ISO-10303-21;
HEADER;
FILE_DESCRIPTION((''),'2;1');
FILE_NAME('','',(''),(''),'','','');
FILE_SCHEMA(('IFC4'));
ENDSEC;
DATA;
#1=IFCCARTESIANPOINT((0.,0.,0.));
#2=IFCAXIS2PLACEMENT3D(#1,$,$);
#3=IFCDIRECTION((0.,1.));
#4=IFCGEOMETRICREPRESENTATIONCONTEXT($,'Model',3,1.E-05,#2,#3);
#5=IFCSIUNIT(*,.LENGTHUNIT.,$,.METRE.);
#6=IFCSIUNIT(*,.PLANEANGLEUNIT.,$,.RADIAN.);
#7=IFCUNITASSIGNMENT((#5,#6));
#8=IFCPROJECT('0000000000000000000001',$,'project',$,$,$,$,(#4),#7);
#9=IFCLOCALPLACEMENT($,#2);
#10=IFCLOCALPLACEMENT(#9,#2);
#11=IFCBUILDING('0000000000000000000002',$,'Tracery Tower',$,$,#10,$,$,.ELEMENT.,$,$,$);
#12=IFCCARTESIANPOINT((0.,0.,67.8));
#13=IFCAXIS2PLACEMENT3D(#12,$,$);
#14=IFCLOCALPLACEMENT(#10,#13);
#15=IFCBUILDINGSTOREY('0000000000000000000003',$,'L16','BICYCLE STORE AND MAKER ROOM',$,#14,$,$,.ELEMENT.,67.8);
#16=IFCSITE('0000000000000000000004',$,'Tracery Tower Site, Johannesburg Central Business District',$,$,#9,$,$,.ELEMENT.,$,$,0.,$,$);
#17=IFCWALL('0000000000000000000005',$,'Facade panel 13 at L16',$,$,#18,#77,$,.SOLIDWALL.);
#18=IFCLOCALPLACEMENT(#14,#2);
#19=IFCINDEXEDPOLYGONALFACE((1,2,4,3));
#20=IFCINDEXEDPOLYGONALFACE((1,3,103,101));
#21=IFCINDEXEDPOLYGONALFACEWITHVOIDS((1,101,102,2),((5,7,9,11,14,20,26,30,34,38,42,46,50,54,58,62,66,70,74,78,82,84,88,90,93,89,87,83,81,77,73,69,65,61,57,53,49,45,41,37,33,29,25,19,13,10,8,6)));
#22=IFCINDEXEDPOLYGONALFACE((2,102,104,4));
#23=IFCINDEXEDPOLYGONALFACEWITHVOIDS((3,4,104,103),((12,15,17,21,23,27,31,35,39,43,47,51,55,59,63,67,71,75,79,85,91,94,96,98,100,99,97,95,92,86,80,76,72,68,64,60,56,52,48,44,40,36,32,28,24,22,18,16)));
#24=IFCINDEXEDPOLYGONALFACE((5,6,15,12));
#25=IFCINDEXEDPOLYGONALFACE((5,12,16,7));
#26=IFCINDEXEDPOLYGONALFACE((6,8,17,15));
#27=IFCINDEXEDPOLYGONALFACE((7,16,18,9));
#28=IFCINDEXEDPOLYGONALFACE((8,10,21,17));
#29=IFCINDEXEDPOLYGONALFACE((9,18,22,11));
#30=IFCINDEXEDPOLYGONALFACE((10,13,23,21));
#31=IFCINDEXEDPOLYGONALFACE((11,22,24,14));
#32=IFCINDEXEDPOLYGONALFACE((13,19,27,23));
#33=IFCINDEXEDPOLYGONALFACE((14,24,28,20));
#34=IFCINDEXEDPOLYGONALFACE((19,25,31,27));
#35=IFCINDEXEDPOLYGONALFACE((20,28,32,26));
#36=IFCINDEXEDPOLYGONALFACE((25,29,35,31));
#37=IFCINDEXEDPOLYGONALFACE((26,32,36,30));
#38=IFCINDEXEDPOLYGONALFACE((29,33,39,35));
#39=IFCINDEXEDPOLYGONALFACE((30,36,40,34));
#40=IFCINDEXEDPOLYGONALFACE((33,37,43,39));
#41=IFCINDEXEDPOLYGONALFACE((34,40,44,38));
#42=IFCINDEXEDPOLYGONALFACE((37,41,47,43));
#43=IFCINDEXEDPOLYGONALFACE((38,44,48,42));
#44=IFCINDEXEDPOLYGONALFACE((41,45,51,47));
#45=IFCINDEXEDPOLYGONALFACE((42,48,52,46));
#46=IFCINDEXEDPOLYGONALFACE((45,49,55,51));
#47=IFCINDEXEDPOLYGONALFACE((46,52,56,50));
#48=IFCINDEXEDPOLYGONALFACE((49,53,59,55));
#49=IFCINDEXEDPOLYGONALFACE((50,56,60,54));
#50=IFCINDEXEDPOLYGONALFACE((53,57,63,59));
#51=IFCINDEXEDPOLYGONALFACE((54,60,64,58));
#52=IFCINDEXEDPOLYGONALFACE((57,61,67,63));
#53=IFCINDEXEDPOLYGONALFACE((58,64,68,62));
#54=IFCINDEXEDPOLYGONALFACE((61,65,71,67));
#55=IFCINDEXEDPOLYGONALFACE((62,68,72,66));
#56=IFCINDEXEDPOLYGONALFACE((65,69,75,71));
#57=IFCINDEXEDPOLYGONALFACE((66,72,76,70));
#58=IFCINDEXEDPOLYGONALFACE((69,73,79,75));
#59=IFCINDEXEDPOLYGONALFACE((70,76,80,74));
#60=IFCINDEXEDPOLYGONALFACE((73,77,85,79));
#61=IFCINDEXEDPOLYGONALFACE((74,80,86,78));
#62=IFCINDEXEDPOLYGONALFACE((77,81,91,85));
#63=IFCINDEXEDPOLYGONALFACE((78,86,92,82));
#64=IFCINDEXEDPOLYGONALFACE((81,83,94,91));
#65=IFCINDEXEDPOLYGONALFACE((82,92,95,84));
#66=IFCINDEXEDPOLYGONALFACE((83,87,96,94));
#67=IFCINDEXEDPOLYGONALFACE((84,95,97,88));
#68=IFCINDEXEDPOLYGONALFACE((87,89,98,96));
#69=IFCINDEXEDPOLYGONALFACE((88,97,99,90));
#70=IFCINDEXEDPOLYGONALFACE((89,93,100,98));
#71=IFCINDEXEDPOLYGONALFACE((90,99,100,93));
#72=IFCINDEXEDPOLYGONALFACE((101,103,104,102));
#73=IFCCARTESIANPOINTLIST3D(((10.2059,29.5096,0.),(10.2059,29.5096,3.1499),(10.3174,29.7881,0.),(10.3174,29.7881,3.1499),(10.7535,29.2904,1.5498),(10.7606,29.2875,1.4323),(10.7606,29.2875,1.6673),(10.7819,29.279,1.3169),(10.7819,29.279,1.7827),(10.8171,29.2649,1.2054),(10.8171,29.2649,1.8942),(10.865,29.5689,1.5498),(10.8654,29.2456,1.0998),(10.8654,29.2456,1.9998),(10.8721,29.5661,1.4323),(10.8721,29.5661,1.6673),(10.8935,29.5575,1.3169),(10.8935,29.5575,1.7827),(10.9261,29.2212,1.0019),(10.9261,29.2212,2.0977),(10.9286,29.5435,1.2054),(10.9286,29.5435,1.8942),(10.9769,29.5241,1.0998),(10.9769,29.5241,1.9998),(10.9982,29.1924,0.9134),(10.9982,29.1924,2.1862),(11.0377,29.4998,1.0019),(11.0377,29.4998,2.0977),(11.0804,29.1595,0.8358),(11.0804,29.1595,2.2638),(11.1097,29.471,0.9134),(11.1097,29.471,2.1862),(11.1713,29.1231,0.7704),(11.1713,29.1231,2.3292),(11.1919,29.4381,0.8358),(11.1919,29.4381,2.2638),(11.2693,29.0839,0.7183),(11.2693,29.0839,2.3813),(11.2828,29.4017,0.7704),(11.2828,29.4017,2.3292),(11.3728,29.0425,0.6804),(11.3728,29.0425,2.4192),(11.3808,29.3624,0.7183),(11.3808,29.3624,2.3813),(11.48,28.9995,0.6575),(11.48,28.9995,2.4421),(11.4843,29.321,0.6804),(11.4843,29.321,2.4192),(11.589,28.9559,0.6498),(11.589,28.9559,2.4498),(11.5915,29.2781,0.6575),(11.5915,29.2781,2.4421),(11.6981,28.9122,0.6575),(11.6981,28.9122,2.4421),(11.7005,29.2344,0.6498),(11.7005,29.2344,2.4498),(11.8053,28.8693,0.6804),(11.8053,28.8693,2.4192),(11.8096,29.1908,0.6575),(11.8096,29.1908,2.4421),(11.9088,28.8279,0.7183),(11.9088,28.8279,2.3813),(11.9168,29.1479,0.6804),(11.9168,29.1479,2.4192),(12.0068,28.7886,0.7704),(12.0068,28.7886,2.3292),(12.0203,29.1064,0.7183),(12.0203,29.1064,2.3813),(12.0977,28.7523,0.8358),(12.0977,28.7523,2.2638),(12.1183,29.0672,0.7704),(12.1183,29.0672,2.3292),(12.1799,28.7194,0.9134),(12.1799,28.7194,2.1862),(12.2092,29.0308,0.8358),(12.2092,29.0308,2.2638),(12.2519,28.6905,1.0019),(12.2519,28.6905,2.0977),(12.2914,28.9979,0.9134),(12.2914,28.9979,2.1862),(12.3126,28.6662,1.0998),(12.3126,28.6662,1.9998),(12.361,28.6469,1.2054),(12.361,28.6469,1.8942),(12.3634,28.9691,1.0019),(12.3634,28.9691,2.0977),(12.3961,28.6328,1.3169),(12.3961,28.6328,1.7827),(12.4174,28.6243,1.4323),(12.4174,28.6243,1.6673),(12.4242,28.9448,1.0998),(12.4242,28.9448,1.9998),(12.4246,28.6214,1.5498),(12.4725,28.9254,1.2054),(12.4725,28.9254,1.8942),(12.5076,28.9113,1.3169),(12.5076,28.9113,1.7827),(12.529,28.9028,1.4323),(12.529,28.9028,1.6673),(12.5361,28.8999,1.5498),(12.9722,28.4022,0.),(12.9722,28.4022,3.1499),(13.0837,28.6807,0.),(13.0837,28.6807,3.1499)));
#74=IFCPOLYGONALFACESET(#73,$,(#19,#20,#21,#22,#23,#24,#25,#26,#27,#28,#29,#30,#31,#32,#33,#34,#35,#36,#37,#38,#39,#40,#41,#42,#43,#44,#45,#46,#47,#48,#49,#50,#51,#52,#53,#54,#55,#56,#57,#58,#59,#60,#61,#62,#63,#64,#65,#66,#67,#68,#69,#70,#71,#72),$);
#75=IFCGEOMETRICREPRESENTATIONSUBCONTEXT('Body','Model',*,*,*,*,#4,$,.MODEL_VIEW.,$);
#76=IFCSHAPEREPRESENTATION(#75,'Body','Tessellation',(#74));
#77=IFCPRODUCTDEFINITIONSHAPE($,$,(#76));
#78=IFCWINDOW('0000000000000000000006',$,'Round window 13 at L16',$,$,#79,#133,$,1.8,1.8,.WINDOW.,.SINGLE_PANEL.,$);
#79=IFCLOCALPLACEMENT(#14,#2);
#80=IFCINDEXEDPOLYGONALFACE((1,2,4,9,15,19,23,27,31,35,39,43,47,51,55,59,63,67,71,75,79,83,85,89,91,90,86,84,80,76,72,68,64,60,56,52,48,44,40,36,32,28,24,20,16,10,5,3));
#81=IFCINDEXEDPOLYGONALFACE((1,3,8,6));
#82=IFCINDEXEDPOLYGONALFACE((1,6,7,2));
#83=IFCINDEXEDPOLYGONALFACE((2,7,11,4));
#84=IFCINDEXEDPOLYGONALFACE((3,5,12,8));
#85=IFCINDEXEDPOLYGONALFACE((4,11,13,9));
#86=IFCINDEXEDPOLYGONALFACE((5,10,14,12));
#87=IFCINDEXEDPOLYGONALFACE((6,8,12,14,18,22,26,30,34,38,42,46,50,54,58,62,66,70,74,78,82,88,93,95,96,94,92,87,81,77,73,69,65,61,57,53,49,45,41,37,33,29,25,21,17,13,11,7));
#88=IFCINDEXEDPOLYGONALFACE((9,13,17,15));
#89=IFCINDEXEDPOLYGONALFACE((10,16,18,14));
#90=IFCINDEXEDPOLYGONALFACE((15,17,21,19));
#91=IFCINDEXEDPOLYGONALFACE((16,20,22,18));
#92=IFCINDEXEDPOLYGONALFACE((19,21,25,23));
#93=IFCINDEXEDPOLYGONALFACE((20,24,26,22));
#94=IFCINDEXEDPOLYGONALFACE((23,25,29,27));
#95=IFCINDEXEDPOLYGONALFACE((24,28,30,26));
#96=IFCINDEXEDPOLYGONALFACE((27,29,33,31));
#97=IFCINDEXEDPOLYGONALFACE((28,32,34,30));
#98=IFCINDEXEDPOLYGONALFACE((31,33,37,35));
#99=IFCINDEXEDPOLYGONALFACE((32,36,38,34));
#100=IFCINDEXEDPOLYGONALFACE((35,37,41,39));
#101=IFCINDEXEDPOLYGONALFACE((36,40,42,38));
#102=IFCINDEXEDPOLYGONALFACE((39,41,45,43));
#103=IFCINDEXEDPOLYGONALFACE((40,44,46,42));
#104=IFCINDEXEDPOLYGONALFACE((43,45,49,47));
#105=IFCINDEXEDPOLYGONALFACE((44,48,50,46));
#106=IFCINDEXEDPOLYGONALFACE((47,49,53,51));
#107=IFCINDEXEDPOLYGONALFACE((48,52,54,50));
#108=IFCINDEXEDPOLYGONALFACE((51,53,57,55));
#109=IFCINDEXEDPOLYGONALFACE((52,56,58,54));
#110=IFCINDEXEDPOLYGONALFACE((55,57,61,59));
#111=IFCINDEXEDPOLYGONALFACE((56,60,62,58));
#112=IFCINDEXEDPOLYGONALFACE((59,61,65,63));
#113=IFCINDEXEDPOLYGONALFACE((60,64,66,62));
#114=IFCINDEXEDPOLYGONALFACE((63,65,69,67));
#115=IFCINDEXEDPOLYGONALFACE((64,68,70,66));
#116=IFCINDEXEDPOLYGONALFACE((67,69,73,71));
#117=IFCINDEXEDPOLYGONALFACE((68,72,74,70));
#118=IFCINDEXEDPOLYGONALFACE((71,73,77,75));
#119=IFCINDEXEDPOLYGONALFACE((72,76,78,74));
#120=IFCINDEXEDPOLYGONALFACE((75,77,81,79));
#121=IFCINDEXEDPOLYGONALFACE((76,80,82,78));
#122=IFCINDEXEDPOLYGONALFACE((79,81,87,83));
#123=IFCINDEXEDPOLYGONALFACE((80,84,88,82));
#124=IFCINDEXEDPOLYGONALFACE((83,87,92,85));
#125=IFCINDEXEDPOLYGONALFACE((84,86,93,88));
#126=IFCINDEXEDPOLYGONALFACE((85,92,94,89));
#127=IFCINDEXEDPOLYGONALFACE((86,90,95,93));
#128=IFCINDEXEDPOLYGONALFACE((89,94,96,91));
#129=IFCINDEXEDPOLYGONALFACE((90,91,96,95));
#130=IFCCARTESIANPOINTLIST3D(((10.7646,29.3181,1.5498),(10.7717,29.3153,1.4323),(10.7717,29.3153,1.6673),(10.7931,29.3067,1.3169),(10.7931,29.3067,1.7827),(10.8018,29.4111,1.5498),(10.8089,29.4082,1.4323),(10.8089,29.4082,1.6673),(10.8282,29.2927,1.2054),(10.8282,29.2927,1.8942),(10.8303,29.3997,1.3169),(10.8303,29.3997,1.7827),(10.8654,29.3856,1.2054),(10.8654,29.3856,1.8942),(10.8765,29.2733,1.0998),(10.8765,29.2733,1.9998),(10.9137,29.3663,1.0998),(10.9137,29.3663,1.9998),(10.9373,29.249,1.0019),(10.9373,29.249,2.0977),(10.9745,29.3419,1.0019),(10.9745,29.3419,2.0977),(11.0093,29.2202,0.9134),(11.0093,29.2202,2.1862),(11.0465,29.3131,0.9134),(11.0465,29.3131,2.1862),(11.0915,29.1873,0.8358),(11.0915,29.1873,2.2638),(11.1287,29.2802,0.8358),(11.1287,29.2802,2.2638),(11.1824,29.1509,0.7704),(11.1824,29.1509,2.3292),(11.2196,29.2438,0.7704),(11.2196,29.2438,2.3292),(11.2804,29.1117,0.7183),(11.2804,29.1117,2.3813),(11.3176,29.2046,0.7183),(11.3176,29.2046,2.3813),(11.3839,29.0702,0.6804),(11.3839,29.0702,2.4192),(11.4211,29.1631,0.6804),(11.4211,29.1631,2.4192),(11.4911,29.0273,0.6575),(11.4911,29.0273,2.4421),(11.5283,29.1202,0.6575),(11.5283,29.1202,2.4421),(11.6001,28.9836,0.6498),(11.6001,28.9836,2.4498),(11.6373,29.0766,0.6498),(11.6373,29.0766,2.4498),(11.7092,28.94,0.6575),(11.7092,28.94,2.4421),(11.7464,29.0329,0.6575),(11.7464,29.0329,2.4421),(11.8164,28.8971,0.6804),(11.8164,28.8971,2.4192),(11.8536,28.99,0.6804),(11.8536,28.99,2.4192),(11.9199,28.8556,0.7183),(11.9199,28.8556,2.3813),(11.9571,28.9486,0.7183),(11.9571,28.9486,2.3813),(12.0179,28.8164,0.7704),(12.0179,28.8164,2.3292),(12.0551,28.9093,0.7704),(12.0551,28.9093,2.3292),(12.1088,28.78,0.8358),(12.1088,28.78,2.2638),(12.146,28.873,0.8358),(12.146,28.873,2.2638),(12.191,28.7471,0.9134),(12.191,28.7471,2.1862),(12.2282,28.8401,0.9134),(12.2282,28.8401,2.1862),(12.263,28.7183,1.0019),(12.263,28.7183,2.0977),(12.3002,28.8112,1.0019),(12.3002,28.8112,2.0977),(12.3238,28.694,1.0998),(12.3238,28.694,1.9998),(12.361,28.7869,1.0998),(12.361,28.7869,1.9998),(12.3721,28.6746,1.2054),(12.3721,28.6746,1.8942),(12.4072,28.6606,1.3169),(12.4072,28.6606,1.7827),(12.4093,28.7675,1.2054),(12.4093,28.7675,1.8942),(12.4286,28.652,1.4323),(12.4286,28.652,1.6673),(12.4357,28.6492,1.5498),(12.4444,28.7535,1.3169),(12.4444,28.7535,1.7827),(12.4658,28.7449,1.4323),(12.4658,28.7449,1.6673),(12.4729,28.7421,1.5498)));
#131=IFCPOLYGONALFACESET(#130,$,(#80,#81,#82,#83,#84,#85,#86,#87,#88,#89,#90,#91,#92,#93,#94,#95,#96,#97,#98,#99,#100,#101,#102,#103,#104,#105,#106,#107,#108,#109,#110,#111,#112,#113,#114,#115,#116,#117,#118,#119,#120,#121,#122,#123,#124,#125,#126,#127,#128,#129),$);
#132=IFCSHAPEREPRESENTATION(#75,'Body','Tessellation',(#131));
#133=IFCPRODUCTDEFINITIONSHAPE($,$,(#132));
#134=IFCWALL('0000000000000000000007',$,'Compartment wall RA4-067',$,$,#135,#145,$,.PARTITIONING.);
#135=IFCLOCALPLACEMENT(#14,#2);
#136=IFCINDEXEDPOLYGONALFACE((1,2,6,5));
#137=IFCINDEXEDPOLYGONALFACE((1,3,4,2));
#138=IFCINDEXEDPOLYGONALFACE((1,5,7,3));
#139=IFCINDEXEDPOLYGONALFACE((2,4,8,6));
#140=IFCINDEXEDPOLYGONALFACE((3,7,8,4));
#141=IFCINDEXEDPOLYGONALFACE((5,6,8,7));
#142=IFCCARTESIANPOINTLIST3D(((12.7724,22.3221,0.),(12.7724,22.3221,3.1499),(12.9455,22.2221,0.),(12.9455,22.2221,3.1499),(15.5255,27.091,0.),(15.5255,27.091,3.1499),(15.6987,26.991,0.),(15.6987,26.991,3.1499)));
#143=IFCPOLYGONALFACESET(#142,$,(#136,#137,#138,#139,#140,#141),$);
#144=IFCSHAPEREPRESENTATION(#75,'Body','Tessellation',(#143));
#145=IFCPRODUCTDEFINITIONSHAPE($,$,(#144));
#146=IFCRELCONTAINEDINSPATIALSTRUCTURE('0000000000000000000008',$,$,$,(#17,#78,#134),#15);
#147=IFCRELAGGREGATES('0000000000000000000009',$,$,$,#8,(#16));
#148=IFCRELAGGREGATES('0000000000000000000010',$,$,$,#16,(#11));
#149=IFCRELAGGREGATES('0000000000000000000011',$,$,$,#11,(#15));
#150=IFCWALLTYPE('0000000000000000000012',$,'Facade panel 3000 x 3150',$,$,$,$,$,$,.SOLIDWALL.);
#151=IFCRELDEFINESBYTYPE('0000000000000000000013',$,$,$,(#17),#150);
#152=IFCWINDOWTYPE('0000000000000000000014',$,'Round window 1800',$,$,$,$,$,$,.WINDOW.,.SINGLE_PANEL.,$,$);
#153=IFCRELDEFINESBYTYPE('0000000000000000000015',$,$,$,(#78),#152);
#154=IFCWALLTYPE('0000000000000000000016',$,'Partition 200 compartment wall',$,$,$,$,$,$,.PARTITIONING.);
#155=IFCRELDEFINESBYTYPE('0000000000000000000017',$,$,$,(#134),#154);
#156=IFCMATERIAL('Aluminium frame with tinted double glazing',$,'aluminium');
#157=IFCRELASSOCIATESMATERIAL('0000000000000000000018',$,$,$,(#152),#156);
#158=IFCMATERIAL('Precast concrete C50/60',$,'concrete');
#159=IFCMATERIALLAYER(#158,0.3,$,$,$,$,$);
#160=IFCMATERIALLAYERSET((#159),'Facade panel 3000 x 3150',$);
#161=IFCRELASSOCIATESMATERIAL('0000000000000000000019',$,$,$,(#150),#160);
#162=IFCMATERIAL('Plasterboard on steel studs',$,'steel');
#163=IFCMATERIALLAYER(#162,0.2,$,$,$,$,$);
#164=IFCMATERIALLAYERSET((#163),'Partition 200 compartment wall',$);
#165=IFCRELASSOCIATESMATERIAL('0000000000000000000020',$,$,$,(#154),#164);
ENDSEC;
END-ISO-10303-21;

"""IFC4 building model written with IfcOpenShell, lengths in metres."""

from ifc_helpers import new_model, si_unit, direction, frame, frame_2d, origin, origin_2d, place, context, subcontext, project, spatial, rectangle, circle, extrude, material, layer, layer_set, type_object, element, fill, save


model = new_model("IFC4")

# Units and contexts
model_context = context("Model", 3, precision=1e-05, world=origin(), true_north=direction((0.0, 1.0)))
body_context = subcontext(model_context, "Body", "Model", "MODEL_VIEW")
ifc_project = project(units=[si_unit("LENGTHUNIT", "METRE"), si_unit("PLANEANGLEUNIT", "RADIAN")], contexts=[model_context])

# Site, building, storey
site_placement = place(None, origin())
site = spatial("IfcSite", under=ifc_project, at=site_placement, Name="Tracery Tower Site, Johannesburg Central Business District", CompositionType="ELEMENT", RefElevation=0.0)
building_placement = place(site_placement, origin())
building = spatial("IfcBuilding", under=site, at=building_placement, Name="Tracery Tower", CompositionType="ELEMENT")
storey_placement = place(building_placement, frame((0.0, 0.0, 67.8)))
storey = spatial("IfcBuildingStorey", under=building, at=storey_placement, Name="L16", Description="BICYCLE STORE AND MAKER ROOM", CompositionType="ELEMENT", Elevation=67.8)

# Wall, opening, window
ifc_material_1 = material(Name="Aluminium frame with tinted double glazing", Category="aluminium")
window_type = type_object("IfcWindowType", Name="Round window 1800", PartitioningType="SINGLE_PANEL", PredefinedType="WINDOW", material=ifc_material_1)
ifc_material_2 = material(Name="Precast concrete C50/60", Category="concrete")
ifc_layer_1 = layer(ifc_material_2, 0.3)
ifc_layer_set_1 = layer_set([ifc_layer_1], Name="Facade panel 3000 x 3150")
wall_type_1 = type_object("IfcWallType", Name="Facade panel 3000 x 3150", PredefinedType="SOLIDWALL", material=ifc_layer_set_1)
wall_1_placement = place(storey_placement, frame((13.0278, 28.5415, 0.0), z_axis=(0.0, 0.0, 1.0), x_axis=(-0.928375, 0.371645, 0.0)))
wall_1 = element("IfcWall", 1, at=wall_1_placement, inside=storey, type_object=wall_type_1, Name="Facade panel 13 at L16", PredefinedType="SOLIDWALL", context=body_context, shape_type="SweptSolid", body=[
    extrude(rectangle(XDim=2.9797, YDim=0.3, at=frame_2d((1.4897, 0.0))), origin(), (0.0, 0.0, 1.0), 3.1499),
])
opening_1_placement = place(wall_1_placement, frame((1.4897, 0.0, 1.5498)))
opening_1 = element("IfcOpeningElement", 2, at=opening_1_placement, cuts=wall_1, PredefinedType="OPENING", context=body_context, shape_type="SweptSolid", body=[
    extrude(circle(Radius=0.9, at=origin_2d()), frame((0.0, 0.1599, 0.0), z_axis=(0.0, -1.0, 0.0), x_axis=(1.0, 0.0, 0.0)), (0.0, 0.0, 1.0), 0.3201),
])
window_1_placement = place(opening_1_placement, origin())
window_1 = element("IfcWindow", 3, at=window_1_placement, inside=storey, type_object=window_type, Name="Round window 13 at L16", OverallHeight=1.8, OverallWidth=1.8, PartitioningType="SINGLE_PANEL", PredefinedType="WINDOW", context=body_context, shape_type="SweptSolid", body=[
    extrude(circle(Radius=0.9, at=origin_2d()), frame((0.0, 0.1201, 0.0), z_axis=(0.0, -1.0, 0.0), x_axis=(1.0, 0.0, 0.0)), (0.0, 0.0, 1.0), 0.1001),
])
fill(opening_1, window_1)

# Wall
ifc_material_3 = material(Name="Plasterboard on steel studs", Category="steel")
ifc_layer_2 = layer(ifc_material_3, 0.2)
ifc_layer_set_2 = layer_set([ifc_layer_2], Name="Partition 200 compartment wall")
wall_type_2 = type_object("IfcWallType", Name="Partition 200 compartment wall", PredefinedType="PARTITIONING", material=ifc_layer_set_2)
wall_2_placement = place(storey_placement, frame((12.8589, 22.272, 0.0), z_axis=(0.0, 0.0, 1.0), x_axis=(0.499968, 0.866044, 0.0)))
element("IfcWall", 4, at=wall_2_placement, inside=storey, type_object=wall_type_2, Name="Compartment wall RA4-067", PredefinedType="PARTITIONING", context=body_context, shape_type="SweptSolid", body=[
    extrude(rectangle(XDim=5.5066, YDim=0.2, at=frame_2d((2.7534, 0.0))), origin(), (0.0, 0.0, 1.0), 3.1499),
])

save(model, "model.ifc")
